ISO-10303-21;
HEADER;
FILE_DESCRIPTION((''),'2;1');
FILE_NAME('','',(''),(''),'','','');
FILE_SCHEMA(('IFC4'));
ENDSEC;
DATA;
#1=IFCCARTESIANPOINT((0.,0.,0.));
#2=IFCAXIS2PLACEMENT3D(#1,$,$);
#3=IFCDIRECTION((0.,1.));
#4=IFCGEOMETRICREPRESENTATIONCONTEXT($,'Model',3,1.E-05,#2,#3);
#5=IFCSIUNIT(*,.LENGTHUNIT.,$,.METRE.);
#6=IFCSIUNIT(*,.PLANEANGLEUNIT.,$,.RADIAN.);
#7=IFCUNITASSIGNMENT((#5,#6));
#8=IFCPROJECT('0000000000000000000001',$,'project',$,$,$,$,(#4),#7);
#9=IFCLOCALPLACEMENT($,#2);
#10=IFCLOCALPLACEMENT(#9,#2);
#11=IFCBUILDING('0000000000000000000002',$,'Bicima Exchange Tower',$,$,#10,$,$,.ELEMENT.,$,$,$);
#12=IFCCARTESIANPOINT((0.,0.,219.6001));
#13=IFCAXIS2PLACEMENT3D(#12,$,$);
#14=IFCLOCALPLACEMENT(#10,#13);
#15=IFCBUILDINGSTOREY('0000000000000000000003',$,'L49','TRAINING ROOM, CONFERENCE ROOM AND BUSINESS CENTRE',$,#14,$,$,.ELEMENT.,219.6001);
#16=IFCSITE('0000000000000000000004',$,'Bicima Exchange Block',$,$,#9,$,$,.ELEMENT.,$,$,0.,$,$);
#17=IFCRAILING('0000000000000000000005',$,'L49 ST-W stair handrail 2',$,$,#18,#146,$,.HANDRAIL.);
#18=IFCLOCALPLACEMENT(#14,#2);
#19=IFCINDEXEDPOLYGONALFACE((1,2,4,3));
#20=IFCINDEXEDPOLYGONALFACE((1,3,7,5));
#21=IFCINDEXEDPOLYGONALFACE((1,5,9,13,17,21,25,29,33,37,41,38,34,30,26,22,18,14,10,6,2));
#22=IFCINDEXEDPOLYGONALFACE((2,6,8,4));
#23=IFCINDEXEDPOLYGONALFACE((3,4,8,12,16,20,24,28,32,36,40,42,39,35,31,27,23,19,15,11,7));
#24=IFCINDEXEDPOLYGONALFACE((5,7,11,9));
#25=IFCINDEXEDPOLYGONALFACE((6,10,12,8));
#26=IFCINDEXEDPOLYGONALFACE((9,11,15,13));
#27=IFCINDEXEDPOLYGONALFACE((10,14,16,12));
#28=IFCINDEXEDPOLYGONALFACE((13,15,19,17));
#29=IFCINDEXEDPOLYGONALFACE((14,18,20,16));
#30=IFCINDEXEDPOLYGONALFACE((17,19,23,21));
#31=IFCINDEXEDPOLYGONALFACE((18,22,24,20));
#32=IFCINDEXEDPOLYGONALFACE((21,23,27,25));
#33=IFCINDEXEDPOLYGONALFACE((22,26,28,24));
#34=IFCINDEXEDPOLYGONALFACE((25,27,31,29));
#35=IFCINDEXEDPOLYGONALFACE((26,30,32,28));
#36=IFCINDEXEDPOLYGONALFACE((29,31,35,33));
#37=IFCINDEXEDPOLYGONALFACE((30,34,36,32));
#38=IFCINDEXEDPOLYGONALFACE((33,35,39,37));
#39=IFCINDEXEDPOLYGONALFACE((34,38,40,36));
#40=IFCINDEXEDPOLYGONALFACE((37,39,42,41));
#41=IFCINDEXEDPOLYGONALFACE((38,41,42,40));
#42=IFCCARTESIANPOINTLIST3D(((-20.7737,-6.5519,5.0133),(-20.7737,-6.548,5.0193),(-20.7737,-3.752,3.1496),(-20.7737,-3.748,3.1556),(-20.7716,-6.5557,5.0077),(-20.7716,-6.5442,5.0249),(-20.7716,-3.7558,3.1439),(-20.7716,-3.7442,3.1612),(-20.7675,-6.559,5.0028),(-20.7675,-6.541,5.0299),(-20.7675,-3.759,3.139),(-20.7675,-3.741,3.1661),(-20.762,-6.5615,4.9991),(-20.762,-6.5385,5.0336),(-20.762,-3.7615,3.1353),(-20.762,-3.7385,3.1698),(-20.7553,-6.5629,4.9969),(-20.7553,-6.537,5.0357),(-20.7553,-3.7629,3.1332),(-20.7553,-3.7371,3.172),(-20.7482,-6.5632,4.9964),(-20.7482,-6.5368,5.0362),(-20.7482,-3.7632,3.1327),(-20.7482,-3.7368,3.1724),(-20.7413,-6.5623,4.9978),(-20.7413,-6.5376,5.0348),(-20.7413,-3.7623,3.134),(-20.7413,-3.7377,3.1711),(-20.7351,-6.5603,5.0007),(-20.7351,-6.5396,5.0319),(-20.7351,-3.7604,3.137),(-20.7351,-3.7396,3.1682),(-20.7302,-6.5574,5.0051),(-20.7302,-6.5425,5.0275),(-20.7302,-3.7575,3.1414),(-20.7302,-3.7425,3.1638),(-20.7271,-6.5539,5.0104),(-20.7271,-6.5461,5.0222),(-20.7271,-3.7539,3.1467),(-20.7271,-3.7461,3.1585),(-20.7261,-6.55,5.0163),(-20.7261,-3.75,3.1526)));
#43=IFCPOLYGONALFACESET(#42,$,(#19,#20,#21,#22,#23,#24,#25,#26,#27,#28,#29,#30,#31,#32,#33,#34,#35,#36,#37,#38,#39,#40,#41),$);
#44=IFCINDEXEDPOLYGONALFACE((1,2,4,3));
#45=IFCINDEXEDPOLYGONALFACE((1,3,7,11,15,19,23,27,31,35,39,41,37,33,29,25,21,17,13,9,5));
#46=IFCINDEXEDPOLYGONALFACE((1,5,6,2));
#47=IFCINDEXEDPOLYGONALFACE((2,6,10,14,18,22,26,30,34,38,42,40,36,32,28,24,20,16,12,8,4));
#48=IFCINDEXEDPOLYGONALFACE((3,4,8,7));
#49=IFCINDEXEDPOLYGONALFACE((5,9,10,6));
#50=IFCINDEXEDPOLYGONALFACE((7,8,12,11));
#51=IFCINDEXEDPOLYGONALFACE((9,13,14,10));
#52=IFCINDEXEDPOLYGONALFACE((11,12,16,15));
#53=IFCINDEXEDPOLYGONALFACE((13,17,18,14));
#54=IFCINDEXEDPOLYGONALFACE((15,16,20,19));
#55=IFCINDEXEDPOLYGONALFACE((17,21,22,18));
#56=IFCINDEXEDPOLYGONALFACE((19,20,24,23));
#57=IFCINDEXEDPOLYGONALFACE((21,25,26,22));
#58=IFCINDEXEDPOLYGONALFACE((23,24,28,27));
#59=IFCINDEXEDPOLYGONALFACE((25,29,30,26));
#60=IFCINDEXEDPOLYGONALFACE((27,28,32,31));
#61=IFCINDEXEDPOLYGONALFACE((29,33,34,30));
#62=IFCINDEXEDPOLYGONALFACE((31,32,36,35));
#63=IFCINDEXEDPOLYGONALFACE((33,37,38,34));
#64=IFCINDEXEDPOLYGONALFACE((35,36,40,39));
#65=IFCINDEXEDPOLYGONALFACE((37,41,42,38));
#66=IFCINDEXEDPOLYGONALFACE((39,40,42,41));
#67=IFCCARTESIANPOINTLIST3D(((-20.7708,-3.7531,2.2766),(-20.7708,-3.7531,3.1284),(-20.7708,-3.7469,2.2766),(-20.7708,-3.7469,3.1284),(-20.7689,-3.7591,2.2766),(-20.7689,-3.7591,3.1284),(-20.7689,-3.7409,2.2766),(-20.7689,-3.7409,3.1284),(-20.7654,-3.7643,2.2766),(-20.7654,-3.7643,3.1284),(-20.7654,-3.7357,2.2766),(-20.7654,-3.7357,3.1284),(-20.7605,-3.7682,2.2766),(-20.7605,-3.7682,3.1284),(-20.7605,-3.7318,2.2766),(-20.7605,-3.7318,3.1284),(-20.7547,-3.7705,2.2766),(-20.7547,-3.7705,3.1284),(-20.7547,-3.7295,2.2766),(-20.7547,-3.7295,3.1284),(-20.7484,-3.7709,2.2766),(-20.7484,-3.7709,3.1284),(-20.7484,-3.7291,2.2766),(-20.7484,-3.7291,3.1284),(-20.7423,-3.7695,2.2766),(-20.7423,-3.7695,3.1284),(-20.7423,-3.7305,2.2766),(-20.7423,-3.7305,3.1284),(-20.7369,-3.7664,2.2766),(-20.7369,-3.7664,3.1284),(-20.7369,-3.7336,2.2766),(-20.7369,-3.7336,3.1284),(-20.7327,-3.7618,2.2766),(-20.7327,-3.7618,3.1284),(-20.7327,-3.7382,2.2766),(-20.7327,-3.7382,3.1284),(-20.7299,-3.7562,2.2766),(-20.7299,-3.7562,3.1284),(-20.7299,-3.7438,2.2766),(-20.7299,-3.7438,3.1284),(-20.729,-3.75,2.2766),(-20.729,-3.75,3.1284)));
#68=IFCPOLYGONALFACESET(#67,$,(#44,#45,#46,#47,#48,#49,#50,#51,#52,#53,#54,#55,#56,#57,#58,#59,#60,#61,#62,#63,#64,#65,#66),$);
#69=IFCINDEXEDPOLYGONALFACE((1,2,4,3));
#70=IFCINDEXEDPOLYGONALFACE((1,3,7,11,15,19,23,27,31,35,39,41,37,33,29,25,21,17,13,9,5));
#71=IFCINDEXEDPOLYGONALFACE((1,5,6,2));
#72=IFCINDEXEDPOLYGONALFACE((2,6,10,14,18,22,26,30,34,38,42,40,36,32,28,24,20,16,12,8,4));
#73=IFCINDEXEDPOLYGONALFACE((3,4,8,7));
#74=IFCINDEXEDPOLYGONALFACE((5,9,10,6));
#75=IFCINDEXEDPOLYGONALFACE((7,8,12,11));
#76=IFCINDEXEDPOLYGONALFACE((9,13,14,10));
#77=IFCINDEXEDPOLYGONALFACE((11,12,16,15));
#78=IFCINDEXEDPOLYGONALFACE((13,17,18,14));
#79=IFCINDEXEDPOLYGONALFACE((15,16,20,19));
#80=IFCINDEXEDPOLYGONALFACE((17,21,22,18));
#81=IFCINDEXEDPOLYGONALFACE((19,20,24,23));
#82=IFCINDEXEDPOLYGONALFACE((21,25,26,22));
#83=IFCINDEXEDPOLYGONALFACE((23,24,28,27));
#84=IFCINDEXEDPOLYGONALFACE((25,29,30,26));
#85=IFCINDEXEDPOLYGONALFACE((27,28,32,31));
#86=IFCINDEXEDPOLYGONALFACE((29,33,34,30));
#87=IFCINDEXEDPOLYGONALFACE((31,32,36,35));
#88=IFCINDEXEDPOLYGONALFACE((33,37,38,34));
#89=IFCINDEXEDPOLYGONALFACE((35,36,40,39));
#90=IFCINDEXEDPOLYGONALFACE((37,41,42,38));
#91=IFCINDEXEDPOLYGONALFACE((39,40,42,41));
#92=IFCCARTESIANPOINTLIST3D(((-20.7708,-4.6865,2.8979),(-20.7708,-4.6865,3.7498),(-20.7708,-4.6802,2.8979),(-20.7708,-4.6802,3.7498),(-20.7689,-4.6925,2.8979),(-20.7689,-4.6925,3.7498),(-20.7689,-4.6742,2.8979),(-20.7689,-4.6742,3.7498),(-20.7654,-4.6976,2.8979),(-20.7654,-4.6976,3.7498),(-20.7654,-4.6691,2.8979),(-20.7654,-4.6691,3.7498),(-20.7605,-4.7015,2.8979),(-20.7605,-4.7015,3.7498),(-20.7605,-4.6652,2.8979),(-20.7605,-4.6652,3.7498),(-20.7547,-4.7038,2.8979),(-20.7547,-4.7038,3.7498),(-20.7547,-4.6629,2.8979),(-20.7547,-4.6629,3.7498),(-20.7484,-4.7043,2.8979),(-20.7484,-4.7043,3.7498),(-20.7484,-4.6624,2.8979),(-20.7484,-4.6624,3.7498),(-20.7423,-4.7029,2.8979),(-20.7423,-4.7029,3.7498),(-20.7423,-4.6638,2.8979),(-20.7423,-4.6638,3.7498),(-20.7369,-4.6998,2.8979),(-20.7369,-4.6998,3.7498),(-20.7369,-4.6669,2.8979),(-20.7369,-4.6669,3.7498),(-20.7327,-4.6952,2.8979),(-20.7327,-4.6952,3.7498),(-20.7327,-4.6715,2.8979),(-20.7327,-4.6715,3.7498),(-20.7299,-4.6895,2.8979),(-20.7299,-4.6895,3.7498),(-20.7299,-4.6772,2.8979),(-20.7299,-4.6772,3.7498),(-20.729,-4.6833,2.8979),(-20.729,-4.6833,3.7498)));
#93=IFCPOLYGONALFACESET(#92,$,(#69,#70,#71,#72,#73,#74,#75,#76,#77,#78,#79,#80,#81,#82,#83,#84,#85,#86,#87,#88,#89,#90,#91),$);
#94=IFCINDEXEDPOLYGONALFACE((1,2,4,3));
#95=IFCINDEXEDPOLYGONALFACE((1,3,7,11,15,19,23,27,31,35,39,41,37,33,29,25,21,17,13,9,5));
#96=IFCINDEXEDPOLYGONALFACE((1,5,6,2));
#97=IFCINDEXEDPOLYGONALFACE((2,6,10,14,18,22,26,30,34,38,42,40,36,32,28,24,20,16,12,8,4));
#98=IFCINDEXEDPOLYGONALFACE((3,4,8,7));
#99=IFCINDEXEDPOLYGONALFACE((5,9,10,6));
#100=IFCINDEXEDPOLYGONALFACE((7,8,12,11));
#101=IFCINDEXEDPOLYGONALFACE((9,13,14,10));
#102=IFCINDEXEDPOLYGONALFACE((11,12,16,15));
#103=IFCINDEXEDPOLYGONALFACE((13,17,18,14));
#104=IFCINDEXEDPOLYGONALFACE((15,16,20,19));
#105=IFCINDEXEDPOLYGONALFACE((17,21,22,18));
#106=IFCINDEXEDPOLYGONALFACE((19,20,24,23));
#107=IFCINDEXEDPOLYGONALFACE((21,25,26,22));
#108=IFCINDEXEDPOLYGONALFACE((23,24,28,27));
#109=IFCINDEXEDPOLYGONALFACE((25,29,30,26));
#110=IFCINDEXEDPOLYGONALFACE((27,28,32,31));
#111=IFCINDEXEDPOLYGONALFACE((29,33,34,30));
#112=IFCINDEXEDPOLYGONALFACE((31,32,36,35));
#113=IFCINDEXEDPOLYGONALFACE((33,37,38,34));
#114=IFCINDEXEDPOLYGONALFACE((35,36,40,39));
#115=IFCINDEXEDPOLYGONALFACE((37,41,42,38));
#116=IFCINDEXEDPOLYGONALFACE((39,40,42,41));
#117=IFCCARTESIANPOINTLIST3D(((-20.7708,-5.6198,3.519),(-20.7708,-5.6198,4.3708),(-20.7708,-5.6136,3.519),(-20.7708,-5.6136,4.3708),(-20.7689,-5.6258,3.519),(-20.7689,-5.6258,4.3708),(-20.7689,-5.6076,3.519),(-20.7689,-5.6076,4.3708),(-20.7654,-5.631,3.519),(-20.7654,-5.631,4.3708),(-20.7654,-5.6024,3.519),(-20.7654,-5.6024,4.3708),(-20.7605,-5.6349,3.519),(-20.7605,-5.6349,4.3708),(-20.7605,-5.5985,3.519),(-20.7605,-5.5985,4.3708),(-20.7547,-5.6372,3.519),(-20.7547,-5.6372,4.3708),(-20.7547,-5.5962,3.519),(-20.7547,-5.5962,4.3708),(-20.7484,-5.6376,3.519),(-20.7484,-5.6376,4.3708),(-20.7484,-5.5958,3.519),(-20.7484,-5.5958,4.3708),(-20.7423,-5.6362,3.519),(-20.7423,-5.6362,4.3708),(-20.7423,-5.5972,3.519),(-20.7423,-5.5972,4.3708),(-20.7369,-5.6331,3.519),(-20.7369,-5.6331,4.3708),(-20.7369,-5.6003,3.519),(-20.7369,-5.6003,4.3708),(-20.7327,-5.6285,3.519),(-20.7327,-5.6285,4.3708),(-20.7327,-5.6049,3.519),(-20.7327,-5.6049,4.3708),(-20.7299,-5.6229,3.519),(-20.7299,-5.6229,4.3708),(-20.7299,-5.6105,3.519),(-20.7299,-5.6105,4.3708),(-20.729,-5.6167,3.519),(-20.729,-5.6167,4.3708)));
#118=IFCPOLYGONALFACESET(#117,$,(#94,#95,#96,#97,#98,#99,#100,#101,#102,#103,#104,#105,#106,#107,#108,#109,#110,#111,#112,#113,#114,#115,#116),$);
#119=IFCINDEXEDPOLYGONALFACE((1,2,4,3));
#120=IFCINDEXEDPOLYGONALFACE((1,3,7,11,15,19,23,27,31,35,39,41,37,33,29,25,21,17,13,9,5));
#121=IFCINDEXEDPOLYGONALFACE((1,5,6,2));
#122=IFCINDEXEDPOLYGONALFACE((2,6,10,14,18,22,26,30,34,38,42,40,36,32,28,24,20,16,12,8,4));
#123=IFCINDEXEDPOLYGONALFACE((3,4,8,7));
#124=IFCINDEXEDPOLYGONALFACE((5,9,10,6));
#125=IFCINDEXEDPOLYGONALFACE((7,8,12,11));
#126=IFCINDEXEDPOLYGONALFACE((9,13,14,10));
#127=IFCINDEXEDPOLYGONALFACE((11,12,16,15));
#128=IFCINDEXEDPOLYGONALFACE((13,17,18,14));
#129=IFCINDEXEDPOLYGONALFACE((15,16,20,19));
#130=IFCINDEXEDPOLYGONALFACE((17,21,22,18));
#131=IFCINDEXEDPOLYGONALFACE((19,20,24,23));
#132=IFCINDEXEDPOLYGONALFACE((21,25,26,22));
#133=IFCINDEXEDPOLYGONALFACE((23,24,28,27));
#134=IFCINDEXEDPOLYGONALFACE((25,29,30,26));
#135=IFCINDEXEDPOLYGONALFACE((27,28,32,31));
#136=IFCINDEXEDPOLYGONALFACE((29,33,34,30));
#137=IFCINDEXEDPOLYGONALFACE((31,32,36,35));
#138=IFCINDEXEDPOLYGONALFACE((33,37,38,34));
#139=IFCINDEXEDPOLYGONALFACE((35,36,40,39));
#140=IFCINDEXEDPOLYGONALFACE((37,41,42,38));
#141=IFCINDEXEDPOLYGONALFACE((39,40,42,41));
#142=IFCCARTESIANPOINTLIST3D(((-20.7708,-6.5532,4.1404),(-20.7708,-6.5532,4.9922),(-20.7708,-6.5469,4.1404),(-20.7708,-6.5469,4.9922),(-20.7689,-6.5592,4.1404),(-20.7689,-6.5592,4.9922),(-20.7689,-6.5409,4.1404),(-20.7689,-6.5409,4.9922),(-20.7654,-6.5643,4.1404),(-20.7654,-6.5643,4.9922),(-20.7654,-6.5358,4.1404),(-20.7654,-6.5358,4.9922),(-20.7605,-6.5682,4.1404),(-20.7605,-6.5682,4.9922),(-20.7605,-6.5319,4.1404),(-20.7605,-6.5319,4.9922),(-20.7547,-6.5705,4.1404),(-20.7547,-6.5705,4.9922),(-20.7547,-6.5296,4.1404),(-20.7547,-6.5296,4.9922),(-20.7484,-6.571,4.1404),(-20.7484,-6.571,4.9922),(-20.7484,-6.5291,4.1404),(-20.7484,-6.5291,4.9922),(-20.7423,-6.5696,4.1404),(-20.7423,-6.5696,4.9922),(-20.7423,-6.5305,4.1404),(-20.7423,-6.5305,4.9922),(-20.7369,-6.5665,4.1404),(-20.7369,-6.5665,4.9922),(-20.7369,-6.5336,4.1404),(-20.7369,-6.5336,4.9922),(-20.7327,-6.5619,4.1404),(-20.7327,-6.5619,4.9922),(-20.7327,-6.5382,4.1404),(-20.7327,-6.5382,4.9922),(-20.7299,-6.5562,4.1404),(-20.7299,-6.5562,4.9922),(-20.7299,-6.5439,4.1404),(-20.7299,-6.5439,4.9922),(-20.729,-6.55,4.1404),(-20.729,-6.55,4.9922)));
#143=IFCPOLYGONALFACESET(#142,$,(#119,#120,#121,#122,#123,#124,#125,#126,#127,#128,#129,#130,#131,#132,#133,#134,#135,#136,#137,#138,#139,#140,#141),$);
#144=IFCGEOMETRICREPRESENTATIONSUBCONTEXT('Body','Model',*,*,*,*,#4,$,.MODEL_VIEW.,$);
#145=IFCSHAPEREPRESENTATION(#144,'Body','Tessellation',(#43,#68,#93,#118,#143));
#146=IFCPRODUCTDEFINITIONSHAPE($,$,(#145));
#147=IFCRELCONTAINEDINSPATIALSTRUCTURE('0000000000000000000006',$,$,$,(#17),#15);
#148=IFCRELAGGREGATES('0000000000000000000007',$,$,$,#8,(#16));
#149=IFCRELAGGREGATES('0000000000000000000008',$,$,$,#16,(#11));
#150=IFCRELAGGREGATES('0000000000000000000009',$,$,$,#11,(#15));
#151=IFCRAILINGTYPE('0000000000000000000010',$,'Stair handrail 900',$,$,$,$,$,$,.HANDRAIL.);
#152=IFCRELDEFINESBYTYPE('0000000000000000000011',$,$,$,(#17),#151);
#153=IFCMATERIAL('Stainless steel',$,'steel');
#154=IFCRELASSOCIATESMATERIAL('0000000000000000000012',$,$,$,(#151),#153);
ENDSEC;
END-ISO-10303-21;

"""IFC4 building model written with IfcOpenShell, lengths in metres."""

from ifc_helpers import new_model, si_unit, direction, frame, origin, origin_2d, place, context, subcontext, project, spatial, circle, extrude, material, type_object, element, save


model = new_model("IFC4")

# Units and contexts
model_context = context("Model", 3, precision=1e-05, world=origin(), true_north=direction((0.0, 1.0)))
body_context = subcontext(model_context, "Body", "Model", "MODEL_VIEW")
ifc_project = project(units=[si_unit("LENGTHUNIT", "METRE"), si_unit("PLANEANGLEUNIT", "RADIAN")], contexts=[model_context])

# Site, building, storey
site_placement = place(None, origin())
site = spatial("IfcSite", under=ifc_project, at=site_placement, Name="Bicima Exchange Block", CompositionType="ELEMENT", RefElevation=0.0)
building_placement = place(site_placement, origin())
building = spatial("IfcBuilding", under=site, at=building_placement, Name="Bicima Exchange Tower", CompositionType="ELEMENT")
storey_placement = place(building_placement, frame((0.0, 0.0, 219.6001)))
storey = spatial("IfcBuildingStorey", under=building, at=storey_placement, Name="L49", Description="TRAINING ROOM, CONFERENCE ROOM AND BUSINESS CENTRE", CompositionType="ELEMENT", Elevation=219.6001)

# Railing
ifc_material_1 = material(Name="Stainless steel", Category="steel")
railing_type = type_object("IfcRailingType", Name="Stair handrail 900", PredefinedType="HANDRAIL", material=ifc_material_1)
railing_placement = place(storey_placement, frame((-20.75, -3.75, 2.2766)))
element("IfcRailing", 1, at=railing_placement, inside=storey, type_object=railing_type, Name="L49 ST-W stair handrail 2", PredefinedType="HANDRAIL", context=body_context, shape_type="SweptSolid", body=[
    extrude(circle(Radius=0.0239, at=origin_2d()), frame((0.0, 0.0, 0.876), z_axis=(0.0, -0.832452, 0.554097), x_axis=(1.0, 0.0, 0.0)), (0.0, 0.0, 1.0), 3.3635),
    extrude(circle(Radius=0.021, at=origin_2d()), origin(), (0.0, 0.0, 1.0), 0.8518),
    extrude(circle(Radius=0.021, at=origin_2d()), frame((0.0, -0.9333, 0.6213)), (0.0, 0.0, 1.0), 0.8518),
    extrude(circle(Radius=0.021, at=origin_2d()), frame((0.0, -1.8667, 1.2424)), (0.0, 0.0, 1.0), 0.8518),
    extrude(circle(Radius=0.021, at=origin_2d()), frame((0.0, -2.8, 1.8638)), (0.0, 0.0, 1.0), 0.8518),
])

save(model, "model.ifc")
